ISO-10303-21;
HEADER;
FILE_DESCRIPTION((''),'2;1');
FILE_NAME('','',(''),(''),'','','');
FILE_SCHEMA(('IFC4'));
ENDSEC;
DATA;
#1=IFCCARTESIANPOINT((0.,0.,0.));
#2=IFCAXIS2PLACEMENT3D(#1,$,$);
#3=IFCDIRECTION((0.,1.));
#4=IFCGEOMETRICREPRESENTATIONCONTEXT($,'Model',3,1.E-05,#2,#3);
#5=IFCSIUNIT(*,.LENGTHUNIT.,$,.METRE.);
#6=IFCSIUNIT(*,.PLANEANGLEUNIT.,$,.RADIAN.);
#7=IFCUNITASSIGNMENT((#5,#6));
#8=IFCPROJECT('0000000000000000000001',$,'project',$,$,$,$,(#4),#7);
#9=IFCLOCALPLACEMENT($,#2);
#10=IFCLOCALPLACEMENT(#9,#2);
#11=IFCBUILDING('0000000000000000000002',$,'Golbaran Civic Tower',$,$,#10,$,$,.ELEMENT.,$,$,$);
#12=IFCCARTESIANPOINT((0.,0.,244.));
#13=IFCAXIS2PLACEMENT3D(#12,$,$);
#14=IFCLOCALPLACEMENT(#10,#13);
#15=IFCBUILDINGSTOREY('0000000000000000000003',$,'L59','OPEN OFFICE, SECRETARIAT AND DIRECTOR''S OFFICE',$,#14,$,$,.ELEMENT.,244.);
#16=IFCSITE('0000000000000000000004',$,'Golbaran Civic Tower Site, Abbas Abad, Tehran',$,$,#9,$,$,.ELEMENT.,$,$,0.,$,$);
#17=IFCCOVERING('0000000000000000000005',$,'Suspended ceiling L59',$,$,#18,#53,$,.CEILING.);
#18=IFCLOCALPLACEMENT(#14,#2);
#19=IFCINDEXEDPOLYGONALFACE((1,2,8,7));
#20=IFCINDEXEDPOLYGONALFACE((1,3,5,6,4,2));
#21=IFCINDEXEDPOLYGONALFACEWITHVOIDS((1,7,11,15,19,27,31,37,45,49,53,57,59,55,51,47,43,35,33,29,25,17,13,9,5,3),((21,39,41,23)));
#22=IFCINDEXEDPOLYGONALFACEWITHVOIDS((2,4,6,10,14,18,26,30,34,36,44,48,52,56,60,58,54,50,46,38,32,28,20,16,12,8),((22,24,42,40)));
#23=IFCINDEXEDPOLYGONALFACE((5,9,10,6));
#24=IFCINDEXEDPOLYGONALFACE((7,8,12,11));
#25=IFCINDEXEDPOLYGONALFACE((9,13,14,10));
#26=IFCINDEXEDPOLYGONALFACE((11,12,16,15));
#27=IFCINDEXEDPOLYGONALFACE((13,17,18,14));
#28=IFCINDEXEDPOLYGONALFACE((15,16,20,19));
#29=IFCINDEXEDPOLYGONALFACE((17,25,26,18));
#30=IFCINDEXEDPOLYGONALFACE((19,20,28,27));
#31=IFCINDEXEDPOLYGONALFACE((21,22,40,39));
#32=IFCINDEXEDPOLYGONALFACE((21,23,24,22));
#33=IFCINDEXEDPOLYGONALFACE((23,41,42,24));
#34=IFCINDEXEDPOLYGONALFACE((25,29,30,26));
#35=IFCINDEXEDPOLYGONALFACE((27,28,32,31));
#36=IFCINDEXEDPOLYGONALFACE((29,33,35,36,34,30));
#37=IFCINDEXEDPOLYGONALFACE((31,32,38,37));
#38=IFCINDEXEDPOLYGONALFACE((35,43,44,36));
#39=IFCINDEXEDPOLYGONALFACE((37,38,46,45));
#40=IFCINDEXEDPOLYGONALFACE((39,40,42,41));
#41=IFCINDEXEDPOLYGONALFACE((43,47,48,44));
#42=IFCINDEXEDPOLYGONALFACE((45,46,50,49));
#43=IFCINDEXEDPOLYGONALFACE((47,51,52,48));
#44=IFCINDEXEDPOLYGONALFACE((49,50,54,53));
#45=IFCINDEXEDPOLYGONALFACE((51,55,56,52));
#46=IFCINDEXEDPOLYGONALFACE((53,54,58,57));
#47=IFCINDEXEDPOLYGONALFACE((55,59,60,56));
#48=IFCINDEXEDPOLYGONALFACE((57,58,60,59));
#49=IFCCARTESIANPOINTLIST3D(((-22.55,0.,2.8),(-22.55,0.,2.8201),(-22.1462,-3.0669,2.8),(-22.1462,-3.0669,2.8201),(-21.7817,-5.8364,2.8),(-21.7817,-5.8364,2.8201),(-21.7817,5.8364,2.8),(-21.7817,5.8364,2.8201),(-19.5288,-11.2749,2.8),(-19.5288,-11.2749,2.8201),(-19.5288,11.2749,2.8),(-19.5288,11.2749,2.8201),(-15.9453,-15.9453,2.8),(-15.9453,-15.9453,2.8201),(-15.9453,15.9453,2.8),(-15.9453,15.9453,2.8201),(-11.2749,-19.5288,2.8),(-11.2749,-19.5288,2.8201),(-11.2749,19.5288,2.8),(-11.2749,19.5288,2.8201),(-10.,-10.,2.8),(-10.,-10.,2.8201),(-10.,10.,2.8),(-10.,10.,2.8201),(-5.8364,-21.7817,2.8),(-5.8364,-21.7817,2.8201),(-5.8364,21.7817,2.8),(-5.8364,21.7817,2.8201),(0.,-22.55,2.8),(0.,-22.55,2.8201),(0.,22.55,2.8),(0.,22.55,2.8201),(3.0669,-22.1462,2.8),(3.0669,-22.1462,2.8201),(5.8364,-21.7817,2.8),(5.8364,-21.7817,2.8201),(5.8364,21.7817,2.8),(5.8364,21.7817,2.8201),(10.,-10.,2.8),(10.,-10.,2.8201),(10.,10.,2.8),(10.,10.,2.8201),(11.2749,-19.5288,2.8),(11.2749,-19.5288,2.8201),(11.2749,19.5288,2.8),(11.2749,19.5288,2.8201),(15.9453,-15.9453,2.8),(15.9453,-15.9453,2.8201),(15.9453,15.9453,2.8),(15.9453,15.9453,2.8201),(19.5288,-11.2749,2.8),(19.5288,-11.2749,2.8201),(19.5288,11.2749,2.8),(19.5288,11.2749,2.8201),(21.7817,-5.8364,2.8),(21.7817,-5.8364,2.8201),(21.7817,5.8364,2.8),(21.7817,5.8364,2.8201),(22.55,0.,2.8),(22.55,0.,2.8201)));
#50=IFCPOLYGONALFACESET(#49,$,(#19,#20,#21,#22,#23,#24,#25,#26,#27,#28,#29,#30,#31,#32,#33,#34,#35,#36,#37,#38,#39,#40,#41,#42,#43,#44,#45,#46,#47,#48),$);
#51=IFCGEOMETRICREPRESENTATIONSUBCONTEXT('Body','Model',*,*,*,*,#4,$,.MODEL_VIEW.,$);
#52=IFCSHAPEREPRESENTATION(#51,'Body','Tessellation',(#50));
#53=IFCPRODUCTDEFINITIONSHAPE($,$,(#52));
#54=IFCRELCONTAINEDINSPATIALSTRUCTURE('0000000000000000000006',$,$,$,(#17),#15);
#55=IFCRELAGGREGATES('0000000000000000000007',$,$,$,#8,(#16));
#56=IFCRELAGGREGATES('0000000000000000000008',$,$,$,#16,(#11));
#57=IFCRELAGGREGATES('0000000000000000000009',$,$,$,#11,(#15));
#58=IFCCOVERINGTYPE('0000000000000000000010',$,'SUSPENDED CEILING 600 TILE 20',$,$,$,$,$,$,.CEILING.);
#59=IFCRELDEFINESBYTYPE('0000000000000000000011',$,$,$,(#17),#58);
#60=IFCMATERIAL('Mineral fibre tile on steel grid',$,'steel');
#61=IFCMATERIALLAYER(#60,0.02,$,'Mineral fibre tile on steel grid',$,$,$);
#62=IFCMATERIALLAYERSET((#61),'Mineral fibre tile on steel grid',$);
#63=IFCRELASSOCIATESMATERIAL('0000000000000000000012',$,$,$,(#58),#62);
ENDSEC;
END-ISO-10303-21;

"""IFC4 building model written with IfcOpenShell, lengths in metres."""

from ifc_helpers import new_model, si_unit, direction, frame, origin, place, context, subcontext, project, spatial, polyline, outline, extrude, material, layer, layer_set, type_object, element, save


model = new_model("IFC4")

# Units and contexts
model_context = context("Model", 3, precision=1e-05, world=origin(), true_north=direction((0.0, 1.0)))
body_context = subcontext(model_context, "Body", "Model", "MODEL_VIEW")
ifc_project = project(units=[si_unit("LENGTHUNIT", "METRE"), si_unit("PLANEANGLEUNIT", "RADIAN")], contexts=[model_context])

# Site, building, storey
site_placement = place(None, origin())
site = spatial("IfcSite", under=ifc_project, at=site_placement, Name="Golbaran Civic Tower Site, Abbas Abad, Tehran", CompositionType="ELEMENT", RefElevation=0.0)
building_placement = place(site_placement, origin())
building = spatial("IfcBuilding", under=site, at=building_placement, Name="Golbaran Civic Tower", CompositionType="ELEMENT")
storey_placement = place(building_placement, frame((0.0, 0.0, 244.0)))
storey = spatial("IfcBuildingStorey", under=building, at=storey_placement, Name="L59", Description="OPEN OFFICE, SECRETARIAT AND DIRECTOR'S OFFICE", CompositionType="ELEMENT", Elevation=244.0)

# Covering
ifc_material_1 = material(Name="Mineral fibre tile on steel grid", Category="steel")
ifc_layer_1 = layer(ifc_material_1, 0.02, Name="Mineral fibre tile on steel grid")
ifc_layer_set_1 = layer_set([ifc_layer_1], Name="Mineral fibre tile on steel grid")
covering_type = type_object("IfcCoveringType", Name="SUSPENDED CEILING 600 TILE 20", PredefinedType="CEILING", material=ifc_layer_set_1)
covering_placement = place(storey_placement, frame((0.0, 0.0, 2.8)))
element("IfcCovering", 1, at=covering_placement, inside=storey, type_object=covering_type, Name="Suspended ceiling L59", PredefinedType="CEILING", context=body_context, shape_type="SweptSolid", body=[
    extrude(outline(polyline([(-19.5288, 11.2749), (-15.9453, 15.9453), (-11.2749, 19.5288), (-5.8364, 21.7817), (0.0, 22.55), (5.8364, 21.7817), (11.2749, 19.5288), (15.9453, 15.9453), (19.5288, 11.2749), (21.7817, 5.8364), (22.55, 0.0), (21.7817, -5.8364), (19.5288, -11.2749), (15.9453, -15.9453), (11.2749, -19.5288), (5.8364, -21.7817), (3.0669, -22.1462), (0.0, -22.55), (-5.8364, -21.7817), (-11.2749, -19.5288), (-15.9453, -15.9453), (-19.5288, -11.2749), (-21.7817, -5.8364), (-22.1462, -3.0669), (-22.55, 0.0), (-21.7817, 5.8364), (-19.5288, 11.2749)]), holes=[polyline([(-10.0, 10.0), (-10.0, -10.0), (10.0, -10.0), (10.0, 10.0), (-10.0, 10.0)])]), origin(), (0.0, 0.0, 1.0), 0.02),
])

save(model, "model.ifc")
